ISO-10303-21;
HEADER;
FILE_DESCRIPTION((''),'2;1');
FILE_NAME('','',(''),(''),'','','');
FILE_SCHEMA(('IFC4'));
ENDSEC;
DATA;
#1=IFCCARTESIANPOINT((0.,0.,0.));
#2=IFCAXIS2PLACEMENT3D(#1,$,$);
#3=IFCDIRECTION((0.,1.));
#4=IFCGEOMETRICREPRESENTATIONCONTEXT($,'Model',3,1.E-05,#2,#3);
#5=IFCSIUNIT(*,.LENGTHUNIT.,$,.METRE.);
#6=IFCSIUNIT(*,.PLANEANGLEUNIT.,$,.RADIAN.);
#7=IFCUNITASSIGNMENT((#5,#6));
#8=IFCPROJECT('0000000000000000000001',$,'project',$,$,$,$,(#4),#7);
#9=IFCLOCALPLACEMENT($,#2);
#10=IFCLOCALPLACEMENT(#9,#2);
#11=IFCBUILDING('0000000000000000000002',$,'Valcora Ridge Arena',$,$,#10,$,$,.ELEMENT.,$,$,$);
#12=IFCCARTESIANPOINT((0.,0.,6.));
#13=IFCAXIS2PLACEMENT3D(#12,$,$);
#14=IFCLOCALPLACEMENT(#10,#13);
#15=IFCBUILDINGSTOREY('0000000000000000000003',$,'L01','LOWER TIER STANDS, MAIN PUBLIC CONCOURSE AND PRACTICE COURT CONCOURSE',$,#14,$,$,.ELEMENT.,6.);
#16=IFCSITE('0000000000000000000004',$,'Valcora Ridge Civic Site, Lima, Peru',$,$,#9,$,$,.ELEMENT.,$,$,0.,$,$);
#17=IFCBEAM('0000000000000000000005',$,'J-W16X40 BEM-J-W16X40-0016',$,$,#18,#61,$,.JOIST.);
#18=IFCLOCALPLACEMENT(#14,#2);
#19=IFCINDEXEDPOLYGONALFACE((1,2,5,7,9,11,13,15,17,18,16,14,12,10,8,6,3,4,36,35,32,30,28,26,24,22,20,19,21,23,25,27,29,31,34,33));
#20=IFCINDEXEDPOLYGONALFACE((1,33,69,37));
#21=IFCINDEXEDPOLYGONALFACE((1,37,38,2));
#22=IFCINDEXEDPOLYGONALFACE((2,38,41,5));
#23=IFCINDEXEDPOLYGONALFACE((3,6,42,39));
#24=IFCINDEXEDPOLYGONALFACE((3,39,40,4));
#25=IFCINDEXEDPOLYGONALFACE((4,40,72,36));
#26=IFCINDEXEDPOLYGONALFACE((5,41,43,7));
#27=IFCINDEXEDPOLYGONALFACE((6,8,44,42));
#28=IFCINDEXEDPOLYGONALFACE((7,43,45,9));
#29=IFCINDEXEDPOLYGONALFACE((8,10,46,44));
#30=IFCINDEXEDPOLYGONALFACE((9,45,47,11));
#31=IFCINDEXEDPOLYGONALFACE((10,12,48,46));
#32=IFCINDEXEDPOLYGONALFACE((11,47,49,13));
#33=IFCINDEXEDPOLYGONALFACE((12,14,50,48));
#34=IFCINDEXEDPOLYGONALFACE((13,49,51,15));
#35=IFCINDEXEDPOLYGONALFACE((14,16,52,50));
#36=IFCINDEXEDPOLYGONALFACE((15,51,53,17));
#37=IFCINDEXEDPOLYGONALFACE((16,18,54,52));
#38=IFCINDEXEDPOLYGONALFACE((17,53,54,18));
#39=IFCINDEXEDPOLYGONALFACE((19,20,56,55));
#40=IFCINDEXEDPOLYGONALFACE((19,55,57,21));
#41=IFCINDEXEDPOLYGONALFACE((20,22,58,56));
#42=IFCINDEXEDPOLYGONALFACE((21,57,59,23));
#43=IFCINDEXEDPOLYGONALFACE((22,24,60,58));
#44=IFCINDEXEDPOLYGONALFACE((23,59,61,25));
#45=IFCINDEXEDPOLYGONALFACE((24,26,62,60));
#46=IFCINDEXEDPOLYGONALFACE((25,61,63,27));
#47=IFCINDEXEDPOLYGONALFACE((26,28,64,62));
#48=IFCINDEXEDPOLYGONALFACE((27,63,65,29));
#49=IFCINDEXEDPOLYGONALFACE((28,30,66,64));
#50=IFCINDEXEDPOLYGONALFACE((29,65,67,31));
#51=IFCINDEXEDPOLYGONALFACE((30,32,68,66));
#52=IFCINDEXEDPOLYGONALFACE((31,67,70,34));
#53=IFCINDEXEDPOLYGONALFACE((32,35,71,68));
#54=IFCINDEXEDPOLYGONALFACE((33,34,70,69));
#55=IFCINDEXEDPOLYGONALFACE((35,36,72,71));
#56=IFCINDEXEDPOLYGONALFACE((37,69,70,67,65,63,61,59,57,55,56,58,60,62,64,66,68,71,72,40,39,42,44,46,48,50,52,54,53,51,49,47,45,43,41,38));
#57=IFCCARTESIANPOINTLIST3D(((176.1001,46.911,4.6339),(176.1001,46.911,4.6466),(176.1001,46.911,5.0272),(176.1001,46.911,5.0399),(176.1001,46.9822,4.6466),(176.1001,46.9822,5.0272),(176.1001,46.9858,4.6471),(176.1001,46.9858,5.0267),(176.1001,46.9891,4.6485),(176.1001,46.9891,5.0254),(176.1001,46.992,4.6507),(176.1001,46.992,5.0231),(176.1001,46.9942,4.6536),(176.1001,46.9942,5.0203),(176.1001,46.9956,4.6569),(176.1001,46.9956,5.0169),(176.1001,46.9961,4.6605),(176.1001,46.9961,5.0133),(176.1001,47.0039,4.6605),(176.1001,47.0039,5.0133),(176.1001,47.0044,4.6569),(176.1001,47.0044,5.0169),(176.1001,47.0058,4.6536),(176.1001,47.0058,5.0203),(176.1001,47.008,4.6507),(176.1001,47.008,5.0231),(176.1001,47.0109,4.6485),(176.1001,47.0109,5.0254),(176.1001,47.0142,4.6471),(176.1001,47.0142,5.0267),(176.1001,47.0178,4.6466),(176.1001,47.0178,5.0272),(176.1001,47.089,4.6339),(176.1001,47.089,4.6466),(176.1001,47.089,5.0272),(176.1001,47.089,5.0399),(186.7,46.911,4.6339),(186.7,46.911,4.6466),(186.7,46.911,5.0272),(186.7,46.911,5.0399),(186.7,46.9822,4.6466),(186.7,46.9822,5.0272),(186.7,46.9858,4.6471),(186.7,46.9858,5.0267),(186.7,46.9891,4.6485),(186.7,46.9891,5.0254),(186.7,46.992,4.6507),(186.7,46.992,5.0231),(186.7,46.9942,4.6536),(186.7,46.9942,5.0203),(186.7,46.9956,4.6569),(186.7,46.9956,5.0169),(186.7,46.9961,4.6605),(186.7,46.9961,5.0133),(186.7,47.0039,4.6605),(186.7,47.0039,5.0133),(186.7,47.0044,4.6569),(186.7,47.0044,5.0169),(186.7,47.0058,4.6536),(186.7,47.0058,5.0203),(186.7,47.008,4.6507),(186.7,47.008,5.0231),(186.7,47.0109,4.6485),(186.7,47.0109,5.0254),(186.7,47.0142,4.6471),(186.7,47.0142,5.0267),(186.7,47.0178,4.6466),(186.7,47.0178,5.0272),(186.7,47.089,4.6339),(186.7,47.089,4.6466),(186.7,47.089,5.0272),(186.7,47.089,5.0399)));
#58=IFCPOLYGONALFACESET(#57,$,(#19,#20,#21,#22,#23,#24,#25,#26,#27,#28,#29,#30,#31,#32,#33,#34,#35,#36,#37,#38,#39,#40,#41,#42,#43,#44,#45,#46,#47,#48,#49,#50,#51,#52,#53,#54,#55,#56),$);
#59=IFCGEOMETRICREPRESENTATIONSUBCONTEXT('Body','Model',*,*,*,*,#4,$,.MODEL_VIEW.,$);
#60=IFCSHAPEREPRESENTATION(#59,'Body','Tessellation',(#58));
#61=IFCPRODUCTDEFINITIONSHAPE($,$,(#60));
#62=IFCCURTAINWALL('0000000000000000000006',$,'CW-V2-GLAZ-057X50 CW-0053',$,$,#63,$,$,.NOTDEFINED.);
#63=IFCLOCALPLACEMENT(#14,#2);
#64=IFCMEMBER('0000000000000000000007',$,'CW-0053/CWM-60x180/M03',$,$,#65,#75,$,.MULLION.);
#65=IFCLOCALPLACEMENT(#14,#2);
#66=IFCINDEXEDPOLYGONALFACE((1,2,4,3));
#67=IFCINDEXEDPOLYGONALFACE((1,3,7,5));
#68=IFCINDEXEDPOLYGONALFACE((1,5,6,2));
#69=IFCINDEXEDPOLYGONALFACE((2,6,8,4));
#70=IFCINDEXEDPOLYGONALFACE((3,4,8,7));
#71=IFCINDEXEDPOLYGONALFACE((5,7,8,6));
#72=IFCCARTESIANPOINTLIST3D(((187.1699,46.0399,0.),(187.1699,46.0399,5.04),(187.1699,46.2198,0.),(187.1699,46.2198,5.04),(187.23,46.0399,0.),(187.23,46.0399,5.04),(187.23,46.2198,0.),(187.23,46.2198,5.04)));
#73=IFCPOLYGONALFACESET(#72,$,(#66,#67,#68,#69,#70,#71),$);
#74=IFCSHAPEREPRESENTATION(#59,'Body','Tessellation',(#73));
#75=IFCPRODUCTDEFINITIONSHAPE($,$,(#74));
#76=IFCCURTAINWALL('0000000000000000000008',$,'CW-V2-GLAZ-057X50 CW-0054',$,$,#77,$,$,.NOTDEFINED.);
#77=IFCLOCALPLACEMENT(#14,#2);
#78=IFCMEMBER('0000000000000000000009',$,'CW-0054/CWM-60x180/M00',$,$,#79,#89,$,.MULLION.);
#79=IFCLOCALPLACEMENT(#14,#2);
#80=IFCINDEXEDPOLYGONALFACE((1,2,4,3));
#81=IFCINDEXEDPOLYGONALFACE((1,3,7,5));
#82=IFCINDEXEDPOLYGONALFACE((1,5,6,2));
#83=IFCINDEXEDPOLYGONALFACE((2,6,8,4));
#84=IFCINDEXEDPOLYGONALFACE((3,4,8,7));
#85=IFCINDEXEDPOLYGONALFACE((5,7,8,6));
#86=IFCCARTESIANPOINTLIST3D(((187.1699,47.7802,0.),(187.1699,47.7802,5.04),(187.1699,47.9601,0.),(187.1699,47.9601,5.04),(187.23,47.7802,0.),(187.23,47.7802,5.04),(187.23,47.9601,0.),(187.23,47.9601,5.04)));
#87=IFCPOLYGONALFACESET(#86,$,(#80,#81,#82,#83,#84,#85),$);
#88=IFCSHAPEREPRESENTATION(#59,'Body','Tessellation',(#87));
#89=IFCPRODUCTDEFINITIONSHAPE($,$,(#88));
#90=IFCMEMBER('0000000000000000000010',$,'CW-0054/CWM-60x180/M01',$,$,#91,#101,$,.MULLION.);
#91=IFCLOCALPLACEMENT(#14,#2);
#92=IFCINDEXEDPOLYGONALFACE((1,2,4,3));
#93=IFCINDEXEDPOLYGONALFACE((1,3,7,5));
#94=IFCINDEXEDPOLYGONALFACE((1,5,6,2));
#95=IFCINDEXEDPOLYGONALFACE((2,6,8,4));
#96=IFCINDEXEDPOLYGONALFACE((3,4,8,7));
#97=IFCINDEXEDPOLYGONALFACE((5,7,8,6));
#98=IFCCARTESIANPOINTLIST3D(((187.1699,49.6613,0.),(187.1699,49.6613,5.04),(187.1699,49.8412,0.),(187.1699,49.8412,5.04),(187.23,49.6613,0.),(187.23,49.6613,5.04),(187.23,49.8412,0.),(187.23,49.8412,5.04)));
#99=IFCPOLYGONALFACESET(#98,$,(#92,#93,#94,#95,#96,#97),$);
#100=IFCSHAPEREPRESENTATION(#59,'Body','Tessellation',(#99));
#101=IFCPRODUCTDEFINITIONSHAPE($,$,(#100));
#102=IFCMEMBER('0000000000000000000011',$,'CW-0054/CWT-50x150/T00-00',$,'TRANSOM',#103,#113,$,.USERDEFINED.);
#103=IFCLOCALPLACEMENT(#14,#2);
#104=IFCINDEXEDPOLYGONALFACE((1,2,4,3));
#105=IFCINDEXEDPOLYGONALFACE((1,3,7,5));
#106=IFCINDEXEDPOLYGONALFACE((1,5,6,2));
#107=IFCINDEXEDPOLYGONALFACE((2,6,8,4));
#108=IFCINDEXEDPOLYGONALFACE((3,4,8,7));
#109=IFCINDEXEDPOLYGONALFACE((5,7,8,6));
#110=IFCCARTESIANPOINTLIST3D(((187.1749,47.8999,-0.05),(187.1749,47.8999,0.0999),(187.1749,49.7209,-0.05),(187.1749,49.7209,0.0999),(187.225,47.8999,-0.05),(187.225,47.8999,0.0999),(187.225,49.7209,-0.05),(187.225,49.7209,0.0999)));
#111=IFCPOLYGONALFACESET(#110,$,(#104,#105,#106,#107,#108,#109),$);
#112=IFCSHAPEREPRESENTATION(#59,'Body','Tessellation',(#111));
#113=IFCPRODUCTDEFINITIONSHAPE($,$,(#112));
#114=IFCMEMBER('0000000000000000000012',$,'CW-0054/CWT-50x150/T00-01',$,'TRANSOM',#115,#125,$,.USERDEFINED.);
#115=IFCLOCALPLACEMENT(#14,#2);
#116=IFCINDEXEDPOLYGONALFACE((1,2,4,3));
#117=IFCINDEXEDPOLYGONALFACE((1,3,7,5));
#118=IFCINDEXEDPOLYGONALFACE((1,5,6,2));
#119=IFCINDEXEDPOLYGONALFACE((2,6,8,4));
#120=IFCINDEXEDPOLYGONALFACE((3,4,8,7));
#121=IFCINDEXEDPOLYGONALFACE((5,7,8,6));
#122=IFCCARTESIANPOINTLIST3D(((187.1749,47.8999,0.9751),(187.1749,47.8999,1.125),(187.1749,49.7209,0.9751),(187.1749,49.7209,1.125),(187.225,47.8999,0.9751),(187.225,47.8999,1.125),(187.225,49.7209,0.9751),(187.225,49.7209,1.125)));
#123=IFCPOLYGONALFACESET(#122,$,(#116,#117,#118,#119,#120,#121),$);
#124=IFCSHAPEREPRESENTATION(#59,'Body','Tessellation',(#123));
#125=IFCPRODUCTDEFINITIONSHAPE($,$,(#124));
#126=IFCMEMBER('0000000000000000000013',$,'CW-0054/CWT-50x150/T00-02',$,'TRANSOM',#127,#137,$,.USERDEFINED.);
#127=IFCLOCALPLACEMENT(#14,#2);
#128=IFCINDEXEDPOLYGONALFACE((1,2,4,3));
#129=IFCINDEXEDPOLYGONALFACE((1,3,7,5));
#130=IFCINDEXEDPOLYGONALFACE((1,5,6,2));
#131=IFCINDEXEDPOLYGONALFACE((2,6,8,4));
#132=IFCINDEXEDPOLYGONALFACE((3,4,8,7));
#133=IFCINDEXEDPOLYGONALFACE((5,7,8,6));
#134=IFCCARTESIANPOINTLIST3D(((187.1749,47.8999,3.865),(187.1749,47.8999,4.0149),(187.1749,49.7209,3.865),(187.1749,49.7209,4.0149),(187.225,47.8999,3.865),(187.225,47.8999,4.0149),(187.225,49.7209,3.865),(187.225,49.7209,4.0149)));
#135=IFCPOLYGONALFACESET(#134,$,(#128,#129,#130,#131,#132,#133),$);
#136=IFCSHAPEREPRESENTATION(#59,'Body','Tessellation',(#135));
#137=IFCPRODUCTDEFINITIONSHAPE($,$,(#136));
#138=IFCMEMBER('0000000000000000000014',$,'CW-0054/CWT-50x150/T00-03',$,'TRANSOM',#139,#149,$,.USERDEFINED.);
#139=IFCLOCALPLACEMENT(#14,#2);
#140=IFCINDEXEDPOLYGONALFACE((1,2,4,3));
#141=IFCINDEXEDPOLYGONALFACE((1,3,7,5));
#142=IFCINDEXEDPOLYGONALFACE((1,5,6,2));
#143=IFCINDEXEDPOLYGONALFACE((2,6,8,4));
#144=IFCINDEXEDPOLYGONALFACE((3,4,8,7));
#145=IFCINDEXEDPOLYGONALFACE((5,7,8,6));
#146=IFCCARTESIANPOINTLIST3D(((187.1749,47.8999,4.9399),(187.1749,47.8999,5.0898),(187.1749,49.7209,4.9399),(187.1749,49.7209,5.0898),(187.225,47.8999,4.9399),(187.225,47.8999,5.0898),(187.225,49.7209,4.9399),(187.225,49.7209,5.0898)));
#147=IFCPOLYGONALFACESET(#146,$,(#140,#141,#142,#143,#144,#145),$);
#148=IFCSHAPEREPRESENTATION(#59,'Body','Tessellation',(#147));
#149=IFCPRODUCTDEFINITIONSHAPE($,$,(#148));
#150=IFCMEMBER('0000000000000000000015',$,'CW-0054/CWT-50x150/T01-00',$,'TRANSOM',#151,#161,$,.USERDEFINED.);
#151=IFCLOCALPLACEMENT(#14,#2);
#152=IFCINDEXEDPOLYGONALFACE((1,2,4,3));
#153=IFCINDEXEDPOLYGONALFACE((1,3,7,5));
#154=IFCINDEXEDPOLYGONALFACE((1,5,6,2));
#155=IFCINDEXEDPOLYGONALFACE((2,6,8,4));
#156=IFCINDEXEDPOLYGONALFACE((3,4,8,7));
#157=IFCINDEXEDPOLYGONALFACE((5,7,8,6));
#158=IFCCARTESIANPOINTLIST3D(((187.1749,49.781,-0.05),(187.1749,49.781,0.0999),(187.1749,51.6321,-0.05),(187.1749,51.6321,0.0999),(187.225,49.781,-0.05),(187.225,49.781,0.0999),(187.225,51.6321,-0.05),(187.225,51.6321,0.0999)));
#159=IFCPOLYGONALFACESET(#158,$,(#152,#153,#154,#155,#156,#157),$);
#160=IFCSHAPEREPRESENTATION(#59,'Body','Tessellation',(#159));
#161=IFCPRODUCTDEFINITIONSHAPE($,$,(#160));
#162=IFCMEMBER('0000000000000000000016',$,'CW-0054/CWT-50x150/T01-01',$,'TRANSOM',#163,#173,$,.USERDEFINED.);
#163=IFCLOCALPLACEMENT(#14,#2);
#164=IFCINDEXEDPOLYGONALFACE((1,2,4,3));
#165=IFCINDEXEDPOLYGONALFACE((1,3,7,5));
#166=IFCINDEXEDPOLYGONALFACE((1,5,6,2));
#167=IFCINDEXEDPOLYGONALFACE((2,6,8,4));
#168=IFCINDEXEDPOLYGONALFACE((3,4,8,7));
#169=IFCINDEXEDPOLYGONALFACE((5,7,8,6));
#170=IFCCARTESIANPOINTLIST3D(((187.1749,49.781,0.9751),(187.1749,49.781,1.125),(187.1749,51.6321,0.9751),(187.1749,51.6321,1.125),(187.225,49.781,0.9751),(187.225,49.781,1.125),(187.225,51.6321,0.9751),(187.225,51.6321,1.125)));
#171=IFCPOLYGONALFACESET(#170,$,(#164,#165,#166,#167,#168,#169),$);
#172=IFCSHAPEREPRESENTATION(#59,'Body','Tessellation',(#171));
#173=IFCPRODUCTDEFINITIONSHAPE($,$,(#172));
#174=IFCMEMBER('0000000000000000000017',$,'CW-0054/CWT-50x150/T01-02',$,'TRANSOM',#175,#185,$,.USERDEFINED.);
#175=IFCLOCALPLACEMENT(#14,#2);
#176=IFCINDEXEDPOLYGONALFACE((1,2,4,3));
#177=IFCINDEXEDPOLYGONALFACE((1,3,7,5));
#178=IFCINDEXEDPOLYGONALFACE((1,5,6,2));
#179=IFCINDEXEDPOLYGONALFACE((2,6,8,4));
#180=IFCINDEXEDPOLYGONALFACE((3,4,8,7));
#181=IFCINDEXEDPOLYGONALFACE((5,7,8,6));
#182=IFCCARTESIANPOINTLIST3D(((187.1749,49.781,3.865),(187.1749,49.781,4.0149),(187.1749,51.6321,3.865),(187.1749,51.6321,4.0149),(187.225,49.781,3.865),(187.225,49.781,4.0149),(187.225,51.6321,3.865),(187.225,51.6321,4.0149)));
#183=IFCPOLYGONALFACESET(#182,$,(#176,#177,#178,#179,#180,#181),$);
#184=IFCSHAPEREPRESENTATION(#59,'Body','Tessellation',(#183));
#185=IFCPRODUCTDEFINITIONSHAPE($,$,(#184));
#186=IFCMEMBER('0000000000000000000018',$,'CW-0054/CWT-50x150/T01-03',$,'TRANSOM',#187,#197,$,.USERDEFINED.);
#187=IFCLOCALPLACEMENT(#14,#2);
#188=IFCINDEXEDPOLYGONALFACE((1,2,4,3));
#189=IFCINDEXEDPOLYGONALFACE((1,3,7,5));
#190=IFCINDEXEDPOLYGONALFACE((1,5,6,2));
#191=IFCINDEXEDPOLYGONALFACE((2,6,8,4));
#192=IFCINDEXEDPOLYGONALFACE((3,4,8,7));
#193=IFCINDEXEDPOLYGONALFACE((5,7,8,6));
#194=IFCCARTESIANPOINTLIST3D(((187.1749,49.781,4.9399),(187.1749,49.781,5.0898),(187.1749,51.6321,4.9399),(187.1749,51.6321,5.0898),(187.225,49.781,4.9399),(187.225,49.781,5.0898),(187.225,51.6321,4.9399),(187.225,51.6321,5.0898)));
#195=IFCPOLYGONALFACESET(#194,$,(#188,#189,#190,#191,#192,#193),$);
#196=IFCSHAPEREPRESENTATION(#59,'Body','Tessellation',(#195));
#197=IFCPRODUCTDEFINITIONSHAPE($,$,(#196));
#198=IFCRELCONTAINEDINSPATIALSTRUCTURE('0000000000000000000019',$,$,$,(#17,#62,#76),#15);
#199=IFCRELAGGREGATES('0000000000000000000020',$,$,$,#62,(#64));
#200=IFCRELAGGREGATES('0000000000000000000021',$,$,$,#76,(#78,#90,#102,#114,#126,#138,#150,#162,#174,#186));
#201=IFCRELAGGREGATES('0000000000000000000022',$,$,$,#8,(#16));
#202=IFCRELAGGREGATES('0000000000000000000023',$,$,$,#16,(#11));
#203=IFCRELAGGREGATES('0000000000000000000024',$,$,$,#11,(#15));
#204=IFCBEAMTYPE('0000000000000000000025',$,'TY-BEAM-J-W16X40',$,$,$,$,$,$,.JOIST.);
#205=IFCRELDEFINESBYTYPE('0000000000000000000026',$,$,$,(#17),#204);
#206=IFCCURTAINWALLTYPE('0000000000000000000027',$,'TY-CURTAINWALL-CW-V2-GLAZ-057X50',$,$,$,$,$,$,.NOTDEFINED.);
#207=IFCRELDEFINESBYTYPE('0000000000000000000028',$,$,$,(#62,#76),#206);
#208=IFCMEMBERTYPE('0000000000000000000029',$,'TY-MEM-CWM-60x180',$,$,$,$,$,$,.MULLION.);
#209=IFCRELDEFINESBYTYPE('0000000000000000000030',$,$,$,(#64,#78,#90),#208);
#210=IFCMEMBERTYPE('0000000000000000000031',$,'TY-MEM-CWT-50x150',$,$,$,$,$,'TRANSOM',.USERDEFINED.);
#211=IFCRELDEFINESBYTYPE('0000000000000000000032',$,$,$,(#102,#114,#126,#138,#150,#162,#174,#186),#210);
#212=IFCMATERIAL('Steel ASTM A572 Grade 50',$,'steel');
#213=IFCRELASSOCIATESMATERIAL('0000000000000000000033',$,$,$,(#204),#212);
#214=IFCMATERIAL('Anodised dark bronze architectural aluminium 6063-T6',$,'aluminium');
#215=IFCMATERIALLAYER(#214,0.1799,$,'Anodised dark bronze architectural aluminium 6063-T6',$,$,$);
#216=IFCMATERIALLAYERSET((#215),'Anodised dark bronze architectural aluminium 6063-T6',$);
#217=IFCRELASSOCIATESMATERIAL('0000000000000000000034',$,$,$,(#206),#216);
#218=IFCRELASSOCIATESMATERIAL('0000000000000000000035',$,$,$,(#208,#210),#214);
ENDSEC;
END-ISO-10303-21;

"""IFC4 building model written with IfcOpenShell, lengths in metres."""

from ifc_helpers import new_model, si_unit, direction, frame, origin, origin_2d, place, context, subcontext, project, spatial, rectangle, i_section, extrude, material, layer, layer_set, material_profile, profile_set, type_object, element, aggregate, save


model = new_model("IFC4")

# Units and contexts
model_context = context("Model", 3, precision=1e-05, world=origin(), true_north=direction((0.0, 1.0)))
body_context = subcontext(model_context, "Body", "Model", "MODEL_VIEW")
ifc_project = project(units=[si_unit("LENGTHUNIT", "METRE"), si_unit("PLANEANGLEUNIT", "RADIAN")], contexts=[model_context])

# Site, building, storey
site_placement = place(None, origin())
site = spatial("IfcSite", under=ifc_project, at=site_placement, Name="Valcora Ridge Civic Site, Lima, Peru", CompositionType="ELEMENT", RefElevation=0.0)
building_placement = place(site_placement, origin())
building = spatial("IfcBuilding", under=site, at=building_placement, Name="Valcora Ridge Arena", CompositionType="ELEMENT")
storey_placement = place(building_placement, frame((0.0, 0.0, 6.0)))
storey = spatial("IfcBuildingStorey", under=building, at=storey_placement, Name="L01", Description="LOWER TIER STANDS, MAIN PUBLIC CONCOURSE AND PRACTICE COURT CONCOURSE", CompositionType="ELEMENT", Elevation=6.0)

# Beam
ifc_material_1 = material(Name="Steel ASTM A572 Grade 50", Category="steel")
ifc_material_profile_1 = material_profile(ifc_material_1, i_section(OverallWidth=0.178, OverallDepth=0.406, WebThickness=0.0078, FlangeThickness=0.0127, FilletRadius=0.0139, at=origin_2d()), Name="W16X40")
ifc_profile_set_1 = profile_set([ifc_material_profile_1], Name="Steel ASTM A572 Grade 50")
beam_type = type_object("IfcBeamType", Name="TY-BEAM-J-W16X40", PredefinedType="JOIST", material=ifc_profile_set_1)
beam_placement = place(storey_placement, frame((176.1001, 47.0, 4.8369), z_axis=(1.0, 0.0, 0.0), x_axis=(0.0, 1.0, 0.0)))
element("IfcBeam", 1, at=beam_placement, inside=storey, type_object=beam_type, Name="J-W16X40 BEM-J-W16X40-0016", PredefinedType="JOIST", context=body_context, shape_type="SweptSolid", body=[
    extrude(i_section(OverallWidth=0.178, OverallDepth=0.406, WebThickness=0.0078, FlangeThickness=0.0127, FilletRadius=0.0139, at=origin_2d()), origin(), (0.0, 0.0, 1.0), 10.5999),
])

# Curtain wall, member
ifc_material_2 = material(Name="Anodised dark bronze architectural aluminium 6063-T6", Category="aluminium")
ifc_layer_1 = layer(ifc_material_2, 0.1799, Name="Anodised dark bronze architectural aluminium 6063-T6")
ifc_layer_set_1 = layer_set([ifc_layer_1], Name="Anodised dark bronze architectural aluminium 6063-T6")
curtain_wall_type = type_object("IfcCurtainWallType", Name="TY-CURTAINWALL-CW-V2-GLAZ-057X50", PredefinedType="NOTDEFINED", material=ifc_layer_set_1)
curtain_wall_1_placement = place(storey_placement, origin())
curtain_wall_1 = element("IfcCurtainWall", 2, at=curtain_wall_1_placement, inside=storey, type_object=curtain_wall_type, Name="CW-V2-GLAZ-057X50 CW-0053", PredefinedType="NOTDEFINED")
ifc_material_profile_2 = material_profile(ifc_material_2, rectangle(XDim=0.0601, YDim=0.1799, at=origin_2d()), Name="ALU MULLION 60x180")
ifc_profile_set_2 = profile_set([ifc_material_profile_2], Name="Anodised dark bronze architectural aluminium 6063-T6")
member_type_1 = type_object("IfcMemberType", Name="TY-MEM-CWM-60x180", PredefinedType="MULLION", material=ifc_profile_set_2)
member_1_placement = place(storey_placement, frame((187.2, 46.1299, 0.0), z_axis=(0.0, 0.0, 1.0), x_axis=(-1.0, 0.0, 0.0)))
member_1 = element("IfcMember", 3, at=member_1_placement, type_object=member_type_1, Name="CW-0053/CWM-60x180/M03", PredefinedType="MULLION", context=body_context, shape_type="SweptSolid", body=[
    extrude(rectangle(XDim=0.0601, YDim=0.1799, at=origin_2d()), origin(), (0.0, 0.0, 1.0), 5.04),
])

# Curtain wall, members
curtain_wall_2_placement = place(storey_placement, origin())
curtain_wall_2 = element("IfcCurtainWall", 4, at=curtain_wall_2_placement, inside=storey, type_object=curtain_wall_type, Name="CW-V2-GLAZ-057X50 CW-0054", PredefinedType="NOTDEFINED")
member_2_placement = place(storey_placement, frame((187.2, 47.8701, 0.0), z_axis=(0.0, 0.0, 1.0), x_axis=(-1.0, 0.0, 0.0)))
member_2 = element("IfcMember", 5, at=member_2_placement, type_object=member_type_1, Name="CW-0054/CWM-60x180/M00", PredefinedType="MULLION", context=body_context, shape_type="SweptSolid", body=[
    extrude(rectangle(XDim=0.0601, YDim=0.1799, at=origin_2d()), origin(), (0.0, 0.0, 1.0), 5.04),
])
member_3_placement = place(storey_placement, frame((187.2, 49.7512, 0.0), z_axis=(0.0, 0.0, 1.0), x_axis=(-1.0, 0.0, 0.0)))
member_3 = element("IfcMember", 6, at=member_3_placement, type_object=member_type_1, Name="CW-0054/CWM-60x180/M01", PredefinedType="MULLION", context=body_context, shape_type="SweptSolid", body=[
    extrude(rectangle(XDim=0.0601, YDim=0.1799, at=origin_2d()), origin(), (0.0, 0.0, 1.0), 5.04),
])
ifc_material_profile_3 = material_profile(ifc_material_2, rectangle(XDim=0.05, YDim=0.1499, at=origin_2d()), Name="ALU TRANSOM 50x150")
ifc_profile_set_3 = profile_set([ifc_material_profile_3], Name="Anodised dark bronze architectural aluminium 6063-T6")
member_type_2 = type_object("IfcMemberType", Name="TY-MEM-CWT-50x150", ElementType="TRANSOM", PredefinedType="USERDEFINED", material=ifc_profile_set_3)
member_4_placement = place(storey_placement, frame((187.2, 47.8999, 0.0249), z_axis=(0.0, 1.0, 0.0), x_axis=(-1.0, 0.0, 0.0)))
member_4 = element("IfcMember", 7, at=member_4_placement, type_object=member_type_2, Name="CW-0054/CWT-50x150/T00-00", ObjectType="TRANSOM", PredefinedType="USERDEFINED", context=body_context, shape_type="SweptSolid", body=[
    extrude(rectangle(XDim=0.05, YDim=0.1499, at=origin_2d()), origin(), (0.0, 0.0, 1.0), 1.821),
])
member_5_placement = place(storey_placement, frame((187.2, 47.8999, 1.05), z_axis=(0.0, 1.0, 0.0), x_axis=(-1.0, 0.0, 0.0)))
member_5 = element("IfcMember", 8, at=member_5_placement, type_object=member_type_2, Name="CW-0054/CWT-50x150/T00-01", ObjectType="TRANSOM", PredefinedType="USERDEFINED", context=body_context, shape_type="SweptSolid", body=[
    extrude(rectangle(XDim=0.05, YDim=0.1499, at=origin_2d()), origin(), (0.0, 0.0, 1.0), 1.821),
])
member_6_placement = place(storey_placement, frame((187.2, 47.8999, 3.9399), z_axis=(0.0, 1.0, 0.0), x_axis=(-1.0, 0.0, 0.0)))
member_6 = element("IfcMember", 9, at=member_6_placement, type_object=member_type_2, Name="CW-0054/CWT-50x150/T00-02", ObjectType="TRANSOM", PredefinedType="USERDEFINED", context=body_context, shape_type="SweptSolid", body=[
    extrude(rectangle(XDim=0.05, YDim=0.1499, at=origin_2d()), origin(), (0.0, 0.0, 1.0), 1.821),
])
member_7_placement = place(storey_placement, frame((187.2, 47.8999, 5.0149), z_axis=(0.0, 1.0, 0.0), x_axis=(-1.0, 0.0, 0.0)))
member_7 = element("IfcMember", 10, at=member_7_placement, type_object=member_type_2, Name="CW-0054/CWT-50x150/T00-03", ObjectType="TRANSOM", PredefinedType="USERDEFINED", context=body_context, shape_type="SweptSolid", body=[
    extrude(rectangle(XDim=0.05, YDim=0.1499, at=origin_2d()), origin(), (0.0, 0.0, 1.0), 1.821),
])
member_8_placement = place(storey_placement, frame((187.2, 49.781, 0.0249), z_axis=(0.0, 1.0, 0.0), x_axis=(-1.0, 0.0, 0.0)))
member_8 = element("IfcMember", 11, at=member_8_placement, type_object=member_type_2, Name="CW-0054/CWT-50x150/T01-00", ObjectType="TRANSOM", PredefinedType="USERDEFINED", context=body_context, shape_type="SweptSolid", body=[
    extrude(rectangle(XDim=0.05, YDim=0.1499, at=origin_2d()), origin(), (0.0, 0.0, 1.0), 1.8511),
])
member_9_placement = place(storey_placement, frame((187.2, 49.781, 1.05), z_axis=(0.0, 1.0, 0.0), x_axis=(-1.0, 0.0, 0.0)))
member_9 = element("IfcMember", 12, at=member_9_placement, type_object=member_type_2, Name="CW-0054/CWT-50x150/T01-01", ObjectType="TRANSOM", PredefinedType="USERDEFINED", context=body_context, shape_type="SweptSolid", body=[
    extrude(rectangle(XDim=0.05, YDim=0.1499, at=origin_2d()), origin(), (0.0, 0.0, 1.0), 1.8511),
])
member_10_placement = place(storey_placement, frame((187.2, 49.781, 3.9399), z_axis=(0.0, 1.0, 0.0), x_axis=(-1.0, 0.0, 0.0)))
member_10 = element("IfcMember", 13, at=member_10_placement, type_object=member_type_2, Name="CW-0054/CWT-50x150/T01-02", ObjectType="TRANSOM", PredefinedType="USERDEFINED", context=body_context, shape_type="SweptSolid", body=[
    extrude(rectangle(XDim=0.05, YDim=0.1499, at=origin_2d()), origin(), (0.0, 0.0, 1.0), 1.8511),
])
member_11_placement = place(storey_placement, frame((187.2, 49.781, 5.0149), z_axis=(0.0, 1.0, 0.0), x_axis=(-1.0, 0.0, 0.0)))
member_11 = element("IfcMember", 14, at=member_11_placement, type_object=member_type_2, Name="CW-0054/CWT-50x150/T01-03", ObjectType="TRANSOM", PredefinedType="USERDEFINED", context=body_context, shape_type="SweptSolid", body=[
    extrude(rectangle(XDim=0.05, YDim=0.1499, at=origin_2d()), origin(), (0.0, 0.0, 1.0), 1.8511),
])

aggregate(curtain_wall_1, [member_1])
aggregate(curtain_wall_2, [member_2, member_3, member_4, member_5, member_6, member_7, member_8, member_9, member_10, member_11])

save(model, "model.ifc")
